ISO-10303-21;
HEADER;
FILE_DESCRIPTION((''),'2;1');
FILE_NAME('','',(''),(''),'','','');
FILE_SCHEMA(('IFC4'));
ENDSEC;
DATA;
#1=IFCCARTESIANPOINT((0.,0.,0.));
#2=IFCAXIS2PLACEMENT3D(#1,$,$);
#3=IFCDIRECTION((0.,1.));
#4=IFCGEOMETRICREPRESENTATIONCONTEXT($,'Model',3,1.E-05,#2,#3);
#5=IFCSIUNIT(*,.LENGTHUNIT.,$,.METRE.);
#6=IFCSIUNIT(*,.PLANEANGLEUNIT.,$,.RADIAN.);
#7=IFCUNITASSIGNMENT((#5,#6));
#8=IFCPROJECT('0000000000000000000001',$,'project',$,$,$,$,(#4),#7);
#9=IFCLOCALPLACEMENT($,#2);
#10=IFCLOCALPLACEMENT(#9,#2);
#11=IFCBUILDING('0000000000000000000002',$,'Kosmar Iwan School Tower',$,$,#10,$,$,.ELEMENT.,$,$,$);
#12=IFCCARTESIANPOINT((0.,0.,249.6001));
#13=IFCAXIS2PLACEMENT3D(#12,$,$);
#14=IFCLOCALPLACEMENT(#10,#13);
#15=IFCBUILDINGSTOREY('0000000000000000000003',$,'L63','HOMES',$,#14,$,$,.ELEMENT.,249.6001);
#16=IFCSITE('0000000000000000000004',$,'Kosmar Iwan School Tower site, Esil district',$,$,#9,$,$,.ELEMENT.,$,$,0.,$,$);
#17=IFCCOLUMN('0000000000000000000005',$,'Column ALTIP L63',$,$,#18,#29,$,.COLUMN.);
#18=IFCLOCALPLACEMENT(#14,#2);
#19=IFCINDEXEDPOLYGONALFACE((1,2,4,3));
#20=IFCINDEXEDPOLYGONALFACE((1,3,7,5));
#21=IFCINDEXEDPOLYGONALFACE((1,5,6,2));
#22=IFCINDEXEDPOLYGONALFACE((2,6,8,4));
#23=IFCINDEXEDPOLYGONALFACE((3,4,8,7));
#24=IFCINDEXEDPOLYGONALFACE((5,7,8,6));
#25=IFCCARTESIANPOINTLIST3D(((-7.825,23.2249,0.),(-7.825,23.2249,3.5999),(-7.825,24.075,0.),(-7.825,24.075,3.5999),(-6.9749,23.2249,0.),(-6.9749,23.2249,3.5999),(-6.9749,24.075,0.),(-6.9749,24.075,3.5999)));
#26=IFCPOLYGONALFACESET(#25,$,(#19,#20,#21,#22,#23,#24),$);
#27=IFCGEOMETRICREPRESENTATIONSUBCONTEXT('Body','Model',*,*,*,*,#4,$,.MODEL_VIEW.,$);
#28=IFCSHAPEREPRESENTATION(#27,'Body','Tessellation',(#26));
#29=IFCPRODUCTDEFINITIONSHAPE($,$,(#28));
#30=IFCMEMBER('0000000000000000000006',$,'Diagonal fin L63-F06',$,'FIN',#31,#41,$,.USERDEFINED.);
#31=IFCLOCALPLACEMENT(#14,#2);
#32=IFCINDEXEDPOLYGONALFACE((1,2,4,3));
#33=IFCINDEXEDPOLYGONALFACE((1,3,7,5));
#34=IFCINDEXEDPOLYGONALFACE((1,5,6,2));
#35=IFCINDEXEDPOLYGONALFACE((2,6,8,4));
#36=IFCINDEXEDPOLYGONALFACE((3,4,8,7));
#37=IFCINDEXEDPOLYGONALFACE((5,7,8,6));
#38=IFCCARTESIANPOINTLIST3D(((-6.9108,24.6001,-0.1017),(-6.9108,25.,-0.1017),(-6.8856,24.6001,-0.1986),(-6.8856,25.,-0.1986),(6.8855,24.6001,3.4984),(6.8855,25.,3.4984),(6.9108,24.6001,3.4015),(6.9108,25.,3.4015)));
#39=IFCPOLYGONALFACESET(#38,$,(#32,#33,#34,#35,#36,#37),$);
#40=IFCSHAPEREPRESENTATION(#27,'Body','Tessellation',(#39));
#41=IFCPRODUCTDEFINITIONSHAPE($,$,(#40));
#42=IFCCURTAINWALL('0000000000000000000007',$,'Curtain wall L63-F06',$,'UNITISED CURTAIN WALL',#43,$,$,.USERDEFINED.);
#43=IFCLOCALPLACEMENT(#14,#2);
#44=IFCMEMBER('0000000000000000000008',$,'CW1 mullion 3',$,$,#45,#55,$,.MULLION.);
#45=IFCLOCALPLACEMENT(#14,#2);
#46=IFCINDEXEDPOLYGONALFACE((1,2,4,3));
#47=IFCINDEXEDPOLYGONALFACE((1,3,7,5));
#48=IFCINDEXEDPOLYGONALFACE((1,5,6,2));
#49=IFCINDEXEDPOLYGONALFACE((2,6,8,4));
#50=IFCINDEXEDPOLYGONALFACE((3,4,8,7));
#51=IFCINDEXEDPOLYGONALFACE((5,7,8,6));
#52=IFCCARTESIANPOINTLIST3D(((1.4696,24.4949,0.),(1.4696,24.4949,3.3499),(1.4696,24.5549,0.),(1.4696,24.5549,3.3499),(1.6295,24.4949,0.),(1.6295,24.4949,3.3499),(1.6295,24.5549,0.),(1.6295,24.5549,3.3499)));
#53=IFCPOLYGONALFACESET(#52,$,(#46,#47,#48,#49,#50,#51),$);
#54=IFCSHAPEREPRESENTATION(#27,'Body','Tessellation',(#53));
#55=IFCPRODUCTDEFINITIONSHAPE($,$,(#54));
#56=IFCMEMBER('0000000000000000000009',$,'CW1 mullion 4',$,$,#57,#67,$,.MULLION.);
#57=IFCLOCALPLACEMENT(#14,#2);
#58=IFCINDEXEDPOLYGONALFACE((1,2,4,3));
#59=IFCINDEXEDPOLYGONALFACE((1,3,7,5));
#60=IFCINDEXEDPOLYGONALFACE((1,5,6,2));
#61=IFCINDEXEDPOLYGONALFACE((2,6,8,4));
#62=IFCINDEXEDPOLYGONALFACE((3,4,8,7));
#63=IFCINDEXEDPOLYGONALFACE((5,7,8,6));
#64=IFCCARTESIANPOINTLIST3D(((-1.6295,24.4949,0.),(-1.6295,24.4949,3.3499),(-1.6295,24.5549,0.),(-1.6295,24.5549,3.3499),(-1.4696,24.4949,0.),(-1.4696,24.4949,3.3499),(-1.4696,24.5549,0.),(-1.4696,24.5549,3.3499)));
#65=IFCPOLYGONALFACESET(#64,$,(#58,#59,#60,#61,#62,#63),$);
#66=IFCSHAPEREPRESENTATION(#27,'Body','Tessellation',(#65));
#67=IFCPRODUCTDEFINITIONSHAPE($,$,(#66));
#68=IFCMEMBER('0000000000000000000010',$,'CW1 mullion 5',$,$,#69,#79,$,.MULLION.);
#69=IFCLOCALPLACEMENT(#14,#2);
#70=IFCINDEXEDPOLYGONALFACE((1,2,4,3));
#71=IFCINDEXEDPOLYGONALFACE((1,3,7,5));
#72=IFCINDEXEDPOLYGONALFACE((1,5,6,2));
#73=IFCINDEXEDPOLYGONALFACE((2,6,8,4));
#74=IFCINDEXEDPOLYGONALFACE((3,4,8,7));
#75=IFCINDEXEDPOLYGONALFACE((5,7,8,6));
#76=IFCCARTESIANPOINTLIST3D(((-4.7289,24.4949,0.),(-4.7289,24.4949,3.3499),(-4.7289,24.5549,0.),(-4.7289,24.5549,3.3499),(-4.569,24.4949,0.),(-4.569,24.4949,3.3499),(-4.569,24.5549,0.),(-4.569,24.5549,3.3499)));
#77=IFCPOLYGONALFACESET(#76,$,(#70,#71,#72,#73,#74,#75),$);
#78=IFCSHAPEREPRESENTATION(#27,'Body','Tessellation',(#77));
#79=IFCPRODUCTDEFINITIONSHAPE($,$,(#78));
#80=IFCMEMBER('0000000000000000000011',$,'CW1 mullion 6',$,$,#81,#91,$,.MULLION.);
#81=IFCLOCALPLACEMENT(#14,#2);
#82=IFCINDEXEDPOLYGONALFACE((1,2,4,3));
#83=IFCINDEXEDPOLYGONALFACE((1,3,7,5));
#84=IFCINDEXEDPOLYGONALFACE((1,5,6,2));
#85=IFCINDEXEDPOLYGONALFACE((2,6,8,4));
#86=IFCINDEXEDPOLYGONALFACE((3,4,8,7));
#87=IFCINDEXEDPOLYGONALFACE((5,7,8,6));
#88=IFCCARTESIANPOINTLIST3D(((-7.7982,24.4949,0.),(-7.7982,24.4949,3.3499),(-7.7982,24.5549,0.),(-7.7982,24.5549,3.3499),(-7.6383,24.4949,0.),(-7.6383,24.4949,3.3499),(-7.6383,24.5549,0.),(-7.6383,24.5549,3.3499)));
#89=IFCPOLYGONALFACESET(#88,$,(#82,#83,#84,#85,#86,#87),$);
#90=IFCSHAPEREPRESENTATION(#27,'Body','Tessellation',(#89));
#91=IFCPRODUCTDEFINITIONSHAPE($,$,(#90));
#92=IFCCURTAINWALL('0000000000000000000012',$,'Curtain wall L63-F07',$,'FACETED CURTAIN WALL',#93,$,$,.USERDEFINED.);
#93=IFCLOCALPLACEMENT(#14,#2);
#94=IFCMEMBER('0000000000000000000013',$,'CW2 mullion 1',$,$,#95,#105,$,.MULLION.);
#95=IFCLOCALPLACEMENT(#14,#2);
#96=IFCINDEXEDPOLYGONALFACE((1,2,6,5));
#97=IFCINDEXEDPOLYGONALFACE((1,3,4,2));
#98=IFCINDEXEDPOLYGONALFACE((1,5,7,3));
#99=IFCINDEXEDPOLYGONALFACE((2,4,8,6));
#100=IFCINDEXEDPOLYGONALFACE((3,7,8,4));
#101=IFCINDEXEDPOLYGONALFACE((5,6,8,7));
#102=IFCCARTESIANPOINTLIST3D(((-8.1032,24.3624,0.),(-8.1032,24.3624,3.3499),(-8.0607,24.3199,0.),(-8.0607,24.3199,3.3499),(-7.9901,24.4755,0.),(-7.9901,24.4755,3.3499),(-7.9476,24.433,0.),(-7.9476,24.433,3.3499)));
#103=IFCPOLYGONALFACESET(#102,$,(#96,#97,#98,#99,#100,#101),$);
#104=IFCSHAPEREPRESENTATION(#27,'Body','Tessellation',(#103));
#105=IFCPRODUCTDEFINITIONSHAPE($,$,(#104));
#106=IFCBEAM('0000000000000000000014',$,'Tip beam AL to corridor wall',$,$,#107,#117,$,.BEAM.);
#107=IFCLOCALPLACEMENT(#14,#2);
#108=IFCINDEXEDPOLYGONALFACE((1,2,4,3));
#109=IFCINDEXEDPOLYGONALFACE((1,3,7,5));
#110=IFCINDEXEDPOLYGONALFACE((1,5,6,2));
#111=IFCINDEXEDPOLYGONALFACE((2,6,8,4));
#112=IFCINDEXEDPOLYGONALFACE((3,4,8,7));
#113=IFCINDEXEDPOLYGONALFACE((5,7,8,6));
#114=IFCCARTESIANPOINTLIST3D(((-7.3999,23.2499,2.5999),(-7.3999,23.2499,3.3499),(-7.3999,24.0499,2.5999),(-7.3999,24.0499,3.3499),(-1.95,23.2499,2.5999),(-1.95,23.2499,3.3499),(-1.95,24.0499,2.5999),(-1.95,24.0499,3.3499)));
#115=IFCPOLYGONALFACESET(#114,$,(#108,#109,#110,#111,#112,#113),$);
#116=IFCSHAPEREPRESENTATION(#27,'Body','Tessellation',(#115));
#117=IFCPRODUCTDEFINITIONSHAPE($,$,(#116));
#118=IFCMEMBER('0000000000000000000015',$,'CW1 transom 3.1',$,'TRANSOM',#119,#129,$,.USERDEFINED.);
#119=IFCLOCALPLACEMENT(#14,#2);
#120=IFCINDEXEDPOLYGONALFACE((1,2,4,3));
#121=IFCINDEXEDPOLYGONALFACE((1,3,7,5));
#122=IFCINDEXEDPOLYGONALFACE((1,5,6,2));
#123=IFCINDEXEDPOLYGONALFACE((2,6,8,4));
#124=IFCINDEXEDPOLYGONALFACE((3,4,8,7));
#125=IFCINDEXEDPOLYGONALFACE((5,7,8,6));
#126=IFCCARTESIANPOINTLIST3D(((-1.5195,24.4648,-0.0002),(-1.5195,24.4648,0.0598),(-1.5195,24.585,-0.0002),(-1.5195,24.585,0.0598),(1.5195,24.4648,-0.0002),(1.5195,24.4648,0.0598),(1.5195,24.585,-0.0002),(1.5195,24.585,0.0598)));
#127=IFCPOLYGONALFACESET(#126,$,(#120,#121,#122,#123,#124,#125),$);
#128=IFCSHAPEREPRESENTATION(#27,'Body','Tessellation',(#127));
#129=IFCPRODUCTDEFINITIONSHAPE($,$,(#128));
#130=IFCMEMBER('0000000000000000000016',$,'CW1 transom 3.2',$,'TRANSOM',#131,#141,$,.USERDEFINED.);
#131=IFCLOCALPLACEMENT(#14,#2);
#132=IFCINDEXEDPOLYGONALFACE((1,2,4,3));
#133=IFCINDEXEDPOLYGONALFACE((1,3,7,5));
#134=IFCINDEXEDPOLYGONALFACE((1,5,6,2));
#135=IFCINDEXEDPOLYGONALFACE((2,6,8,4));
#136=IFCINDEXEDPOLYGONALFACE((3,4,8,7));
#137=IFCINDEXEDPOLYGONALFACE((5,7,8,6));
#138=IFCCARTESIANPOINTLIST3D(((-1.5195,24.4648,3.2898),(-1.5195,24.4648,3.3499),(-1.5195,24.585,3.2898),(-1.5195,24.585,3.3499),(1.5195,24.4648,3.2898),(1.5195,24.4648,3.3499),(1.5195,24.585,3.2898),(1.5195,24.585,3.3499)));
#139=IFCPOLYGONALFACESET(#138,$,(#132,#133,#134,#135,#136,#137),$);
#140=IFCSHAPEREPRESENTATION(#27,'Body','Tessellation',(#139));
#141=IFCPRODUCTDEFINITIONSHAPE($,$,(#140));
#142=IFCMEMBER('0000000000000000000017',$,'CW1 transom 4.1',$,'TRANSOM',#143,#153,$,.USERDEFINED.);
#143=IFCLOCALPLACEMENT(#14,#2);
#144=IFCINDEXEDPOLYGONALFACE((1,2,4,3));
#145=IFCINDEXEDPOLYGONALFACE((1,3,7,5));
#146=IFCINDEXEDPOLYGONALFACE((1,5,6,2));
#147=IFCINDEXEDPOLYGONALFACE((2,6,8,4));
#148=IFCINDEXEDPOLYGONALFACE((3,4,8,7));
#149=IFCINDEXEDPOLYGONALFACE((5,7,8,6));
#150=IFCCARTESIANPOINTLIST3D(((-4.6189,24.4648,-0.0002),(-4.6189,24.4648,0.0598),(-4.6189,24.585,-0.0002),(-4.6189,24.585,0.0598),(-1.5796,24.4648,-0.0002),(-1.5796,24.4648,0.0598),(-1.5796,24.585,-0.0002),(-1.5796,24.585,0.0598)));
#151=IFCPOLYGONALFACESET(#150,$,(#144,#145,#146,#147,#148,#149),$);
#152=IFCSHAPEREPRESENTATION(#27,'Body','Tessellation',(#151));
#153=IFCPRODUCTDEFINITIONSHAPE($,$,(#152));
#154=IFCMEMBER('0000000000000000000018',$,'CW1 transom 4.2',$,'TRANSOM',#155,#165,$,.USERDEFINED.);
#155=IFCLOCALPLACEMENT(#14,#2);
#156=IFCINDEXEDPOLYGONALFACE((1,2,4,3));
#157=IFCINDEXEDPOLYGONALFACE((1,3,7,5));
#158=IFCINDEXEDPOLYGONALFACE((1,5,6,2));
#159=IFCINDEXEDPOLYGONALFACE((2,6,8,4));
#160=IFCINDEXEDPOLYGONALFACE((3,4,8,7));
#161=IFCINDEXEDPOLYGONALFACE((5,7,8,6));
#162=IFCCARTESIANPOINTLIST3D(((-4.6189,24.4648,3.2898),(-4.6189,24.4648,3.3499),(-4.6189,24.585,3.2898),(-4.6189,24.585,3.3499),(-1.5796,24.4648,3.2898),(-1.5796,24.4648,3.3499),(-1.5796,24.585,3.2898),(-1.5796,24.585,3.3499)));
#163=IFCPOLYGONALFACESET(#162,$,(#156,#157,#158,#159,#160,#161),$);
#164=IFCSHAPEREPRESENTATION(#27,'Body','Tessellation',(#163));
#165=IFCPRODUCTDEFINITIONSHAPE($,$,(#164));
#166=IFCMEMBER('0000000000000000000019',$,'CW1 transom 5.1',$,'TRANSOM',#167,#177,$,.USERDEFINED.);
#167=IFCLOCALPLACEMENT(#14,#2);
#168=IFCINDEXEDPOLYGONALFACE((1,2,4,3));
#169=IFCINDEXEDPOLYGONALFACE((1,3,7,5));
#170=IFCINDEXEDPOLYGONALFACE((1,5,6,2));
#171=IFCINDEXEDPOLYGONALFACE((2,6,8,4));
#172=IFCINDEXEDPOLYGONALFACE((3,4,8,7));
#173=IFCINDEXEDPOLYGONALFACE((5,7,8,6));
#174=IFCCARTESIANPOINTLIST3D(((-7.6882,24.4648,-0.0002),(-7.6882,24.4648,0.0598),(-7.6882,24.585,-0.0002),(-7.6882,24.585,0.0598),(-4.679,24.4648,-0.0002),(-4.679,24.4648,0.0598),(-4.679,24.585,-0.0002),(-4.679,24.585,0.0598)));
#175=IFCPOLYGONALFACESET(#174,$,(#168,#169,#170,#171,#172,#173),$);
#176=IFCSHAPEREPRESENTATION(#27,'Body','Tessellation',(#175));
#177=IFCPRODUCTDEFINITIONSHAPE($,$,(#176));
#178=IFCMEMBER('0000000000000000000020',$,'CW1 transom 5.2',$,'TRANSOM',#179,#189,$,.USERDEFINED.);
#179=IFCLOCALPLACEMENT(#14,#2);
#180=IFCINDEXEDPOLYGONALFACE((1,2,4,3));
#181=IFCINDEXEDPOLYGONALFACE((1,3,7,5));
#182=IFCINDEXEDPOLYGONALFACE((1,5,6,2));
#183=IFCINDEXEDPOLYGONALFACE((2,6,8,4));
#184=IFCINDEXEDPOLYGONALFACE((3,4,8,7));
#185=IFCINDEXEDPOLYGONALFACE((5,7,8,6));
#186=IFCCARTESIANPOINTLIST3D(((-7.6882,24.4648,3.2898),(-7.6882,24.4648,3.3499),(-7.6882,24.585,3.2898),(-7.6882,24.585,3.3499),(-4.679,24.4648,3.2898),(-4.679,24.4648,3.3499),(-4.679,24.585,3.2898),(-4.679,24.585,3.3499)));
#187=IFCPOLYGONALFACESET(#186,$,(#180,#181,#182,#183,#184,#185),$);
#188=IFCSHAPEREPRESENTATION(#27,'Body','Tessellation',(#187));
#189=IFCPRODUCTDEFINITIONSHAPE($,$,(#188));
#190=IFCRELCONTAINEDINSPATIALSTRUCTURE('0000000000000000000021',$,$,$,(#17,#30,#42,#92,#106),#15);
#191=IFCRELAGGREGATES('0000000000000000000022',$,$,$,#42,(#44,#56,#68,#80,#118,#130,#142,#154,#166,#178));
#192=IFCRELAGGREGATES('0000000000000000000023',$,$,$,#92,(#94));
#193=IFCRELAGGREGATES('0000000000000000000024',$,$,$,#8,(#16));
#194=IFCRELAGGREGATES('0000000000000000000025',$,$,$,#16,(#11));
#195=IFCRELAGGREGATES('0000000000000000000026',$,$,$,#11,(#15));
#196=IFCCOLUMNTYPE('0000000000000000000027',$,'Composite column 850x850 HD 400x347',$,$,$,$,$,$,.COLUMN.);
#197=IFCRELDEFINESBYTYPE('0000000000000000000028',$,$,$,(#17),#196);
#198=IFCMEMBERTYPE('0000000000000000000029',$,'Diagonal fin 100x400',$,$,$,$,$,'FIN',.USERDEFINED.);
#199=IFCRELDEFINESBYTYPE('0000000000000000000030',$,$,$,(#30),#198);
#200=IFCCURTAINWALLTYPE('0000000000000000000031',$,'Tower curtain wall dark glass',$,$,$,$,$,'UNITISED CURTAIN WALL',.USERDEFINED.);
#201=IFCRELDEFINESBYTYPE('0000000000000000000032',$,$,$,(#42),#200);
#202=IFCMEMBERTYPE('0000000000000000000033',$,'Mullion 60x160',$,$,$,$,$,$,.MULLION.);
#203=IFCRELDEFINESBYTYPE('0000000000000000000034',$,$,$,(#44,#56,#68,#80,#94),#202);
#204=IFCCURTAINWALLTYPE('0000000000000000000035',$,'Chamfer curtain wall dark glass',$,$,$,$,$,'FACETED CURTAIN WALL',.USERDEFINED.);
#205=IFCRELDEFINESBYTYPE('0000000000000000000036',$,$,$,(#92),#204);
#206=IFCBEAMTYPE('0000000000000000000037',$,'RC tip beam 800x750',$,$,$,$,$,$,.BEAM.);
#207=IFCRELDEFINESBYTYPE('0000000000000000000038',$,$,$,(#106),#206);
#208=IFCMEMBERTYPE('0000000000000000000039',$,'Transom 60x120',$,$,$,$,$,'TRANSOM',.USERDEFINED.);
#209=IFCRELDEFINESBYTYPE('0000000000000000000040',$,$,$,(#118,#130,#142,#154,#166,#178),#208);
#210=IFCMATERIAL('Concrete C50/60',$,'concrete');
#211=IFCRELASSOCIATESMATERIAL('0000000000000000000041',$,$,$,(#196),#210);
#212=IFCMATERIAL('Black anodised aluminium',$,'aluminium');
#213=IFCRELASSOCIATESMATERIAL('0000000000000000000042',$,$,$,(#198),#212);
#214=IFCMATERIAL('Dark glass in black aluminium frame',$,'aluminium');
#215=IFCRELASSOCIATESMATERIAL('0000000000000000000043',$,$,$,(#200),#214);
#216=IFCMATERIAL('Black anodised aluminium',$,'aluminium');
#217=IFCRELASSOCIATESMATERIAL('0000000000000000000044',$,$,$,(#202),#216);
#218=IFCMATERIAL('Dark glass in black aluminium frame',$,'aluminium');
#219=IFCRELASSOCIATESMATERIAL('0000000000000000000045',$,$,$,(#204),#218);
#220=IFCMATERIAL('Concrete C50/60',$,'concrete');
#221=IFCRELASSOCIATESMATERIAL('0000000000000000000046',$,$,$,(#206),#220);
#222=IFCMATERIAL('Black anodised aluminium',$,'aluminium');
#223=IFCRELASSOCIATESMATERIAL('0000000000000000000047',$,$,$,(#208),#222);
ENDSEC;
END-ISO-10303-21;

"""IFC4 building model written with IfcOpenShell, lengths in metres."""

from ifc_helpers import new_model, si_unit, direction, frame, origin, origin_2d, place, context, subcontext, project, spatial, rectangle, extrude, material, material_profile, profile_set, type_object, element, aggregate, save


model = new_model("IFC4")

# Units and contexts
model_context = context("Model", 3, precision=1e-05, world=origin(), true_north=direction((0.0, 1.0)))
body_context = subcontext(model_context, "Body", "Model", "MODEL_VIEW")
ifc_project = project(units=[si_unit("LENGTHUNIT", "METRE"), si_unit("PLANEANGLEUNIT", "RADIAN")], contexts=[model_context])

# Site, building, storey
site_placement = place(None, origin())
site = spatial("IfcSite", under=ifc_project, at=site_placement, Name="Kosmar Iwan School Tower site, Esil district", CompositionType="ELEMENT", RefElevation=0.0)
building_placement = place(site_placement, origin())
building = spatial("IfcBuilding", under=site, at=building_placement, Name="Kosmar Iwan School Tower", CompositionType="ELEMENT")
storey_placement = place(building_placement, frame((0.0, 0.0, 249.6001)))
storey = spatial("IfcBuildingStorey", under=building, at=storey_placement, Name="L63", Description="HOMES", CompositionType="ELEMENT", Elevation=249.6001)

# Column
ifc_material_1 = material(Name="Concrete C50/60", Category="concrete")
ifc_material_profile_1 = material_profile(ifc_material_1, rectangle(XDim=0.8501, YDim=0.8501, at=origin_2d()), Name="RC 850x850 + HD 400x347")
ifc_profile_set_1 = profile_set([ifc_material_profile_1], Name="Concrete C50/60")
column_type = type_object("IfcColumnType", Name="Composite column 850x850 HD 400x347", PredefinedType="COLUMN", material=ifc_profile_set_1)
column_placement = place(storey_placement, frame((-7.3999, 23.6499, 0.0), z_axis=(0.0, 0.0, 1.0), x_axis=(0.0, 1.0, 0.0)))
element("IfcColumn", 1, at=column_placement, inside=storey, type_object=column_type, Name="Column ALTIP L63", PredefinedType="COLUMN", context=body_context, shape_type="SweptSolid", body=[
    extrude(rectangle(XDim=0.8501, YDim=0.8501, at=origin_2d()), origin(), (0.0, 0.0, 1.0), 3.5999),
])

# Member
ifc_material_2 = material(Name="Black anodised aluminium", Category="aluminium")
ifc_material_profile_2 = material_profile(ifc_material_2, rectangle(XDim=0.1001, YDim=0.3999, at=origin_2d()), Name="FIN 100x400")
ifc_profile_set_2 = profile_set([ifc_material_profile_2], Name="Black anodised aluminium")
member_type_1 = type_object("IfcMemberType", Name="Diagonal fin 100x400", ElementType="FIN", PredefinedType="USERDEFINED", material=ifc_profile_set_2)
member_1_placement = place(storey_placement, frame((-6.8982, 24.8, -0.1501), z_axis=(0.967599, 0.0, 0.25249), x_axis=(-0.25249, 0.0, 0.967599)))
element("IfcMember", 2, at=member_1_placement, inside=storey, type_object=member_type_1, Name="Diagonal fin L63-F06", ObjectType="FIN", PredefinedType="USERDEFINED", context=body_context, shape_type="SweptSolid", body=[
    extrude(rectangle(XDim=0.1001, YDim=0.3999, at=origin_2d()), origin(), (0.0, 0.0, 1.0), 14.2583),
])

# Curtain wall, members
ifc_material_3 = material(Name="Dark glass in black aluminium frame", Category="aluminium")
curtain_wall_type_1 = type_object("IfcCurtainWallType", Name="Tower curtain wall dark glass", ElementType="UNITISED CURTAIN WALL", PredefinedType="USERDEFINED", material=ifc_material_3)
curtain_wall_1_placement = place(storey_placement, origin())
curtain_wall_1 = element("IfcCurtainWall", 3, at=curtain_wall_1_placement, inside=storey, type_object=curtain_wall_type_1, Name="Curtain wall L63-F06", ObjectType="UNITISED CURTAIN WALL", PredefinedType="USERDEFINED")
ifc_material_4 = material(Name="Black anodised aluminium", Category="aluminium")
ifc_material_profile_3 = material_profile(ifc_material_4, rectangle(XDim=0.0601, YDim=0.1599, at=origin_2d()), Name="MULLION 60x160")
ifc_profile_set_3 = profile_set([ifc_material_profile_3], Name="Black anodised aluminium")
member_type_2 = type_object("IfcMemberType", Name="Mullion 60x160", PredefinedType="MULLION", material=ifc_profile_set_3)
member_2_placement = place(storey_placement, frame((1.5496, 24.5249, 0.0), z_axis=(0.0, 0.0, 1.0), x_axis=(0.0, -1.0, 0.0)))
member_2 = element("IfcMember", 4, at=member_2_placement, type_object=member_type_2, Name="CW1 mullion 3", PredefinedType="MULLION", context=body_context, shape_type="SweptSolid", body=[
    extrude(rectangle(XDim=0.0601, YDim=0.1599, at=origin_2d()), origin(), (0.0, 0.0, 1.0), 3.3499),
])
member_3_placement = place(storey_placement, frame((-1.5496, 24.5249, 0.0), z_axis=(0.0, 0.0, 1.0), x_axis=(0.0, -1.0, 0.0)))
member_3 = element("IfcMember", 5, at=member_3_placement, type_object=member_type_2, Name="CW1 mullion 4", PredefinedType="MULLION", context=body_context, shape_type="SweptSolid", body=[
    extrude(rectangle(XDim=0.0601, YDim=0.1599, at=origin_2d()), origin(), (0.0, 0.0, 1.0), 3.3499),
])
member_4_placement = place(storey_placement, frame((-4.6489, 24.5249, 0.0), z_axis=(0.0, 0.0, 1.0), x_axis=(0.0, -1.0, 0.0)))
member_4 = element("IfcMember", 6, at=member_4_placement, type_object=member_type_2, Name="CW1 mullion 5", PredefinedType="MULLION", context=body_context, shape_type="SweptSolid", body=[
    extrude(rectangle(XDim=0.0601, YDim=0.1599, at=origin_2d()), origin(), (0.0, 0.0, 1.0), 3.3499),
])
member_5_placement = place(storey_placement, frame((-7.7183, 24.5249, 0.0), z_axis=(0.0, 0.0, 1.0), x_axis=(0.0, -1.0, 0.0)))
member_5 = element("IfcMember", 7, at=member_5_placement, type_object=member_type_2, Name="CW1 mullion 6", PredefinedType="MULLION", context=body_context, shape_type="SweptSolid", body=[
    extrude(rectangle(XDim=0.0601, YDim=0.1599, at=origin_2d()), origin(), (0.0, 0.0, 1.0), 3.3499),
])

# Curtain wall, member
ifc_material_5 = material(Name="Dark glass in black aluminium frame", Category="aluminium")
curtain_wall_type_2 = type_object("IfcCurtainWallType", Name="Chamfer curtain wall dark glass", ElementType="FACETED CURTAIN WALL", PredefinedType="USERDEFINED", material=ifc_material_5)
curtain_wall_2_placement = place(storey_placement, origin())
curtain_wall_2 = element("IfcCurtainWall", 8, at=curtain_wall_2_placement, inside=storey, type_object=curtain_wall_type_2, Name="Curtain wall L63-F07", ObjectType="FACETED CURTAIN WALL", PredefinedType="USERDEFINED")
member_6_placement = place(storey_placement, frame((-8.0254, 24.3977, 0.0), z_axis=(0.0, 0.0, 1.0), x_axis=(0.707107, -0.707107, 0.0)))
member_6 = element("IfcMember", 9, at=member_6_placement, type_object=member_type_2, Name="CW2 mullion 1", PredefinedType="MULLION", context=body_context, shape_type="SweptSolid", body=[
    extrude(rectangle(XDim=0.0601, YDim=0.1599, at=origin_2d()), origin(), (0.0, 0.0, 1.0), 3.3499),
])

# Beam
ifc_material_6 = material(Name="Concrete C50/60", Category="concrete")
ifc_material_profile_4 = material_profile(ifc_material_6, rectangle(XDim=0.8, YDim=0.75, at=origin_2d()), Name="RC 800x750")
ifc_profile_set_4 = profile_set([ifc_material_profile_4], Name="Concrete C50/60")
beam_type = type_object("IfcBeamType", Name="RC tip beam 800x750", PredefinedType="BEAM", material=ifc_profile_set_4)
beam_placement = place(storey_placement, frame((-7.3999, 23.6499, 2.9749), z_axis=(1.0, 0.0, 0.0), x_axis=(0.0, 1.0, 0.0)))
element("IfcBeam", 10, at=beam_placement, inside=storey, type_object=beam_type, Name="Tip beam AL to corridor wall", PredefinedType="BEAM", context=body_context, shape_type="SweptSolid", body=[
    extrude(rectangle(XDim=0.8, YDim=0.75, at=origin_2d()), origin(), (0.0, 0.0, 1.0), 5.45),
])

# Members
ifc_material_7 = material(Name="Black anodised aluminium", Category="aluminium")
ifc_material_profile_5 = material_profile(ifc_material_7, rectangle(XDim=0.1201, YDim=0.0601, at=origin_2d()), Name="TRANSOM 60x120")
ifc_profile_set_5 = profile_set([ifc_material_profile_5], Name="Black anodised aluminium")
member_type_3 = type_object("IfcMemberType", Name="Transom 60x120", ElementType="TRANSOM", PredefinedType="USERDEFINED", material=ifc_profile_set_5)
member_7_placement = place(storey_placement, frame((1.5195, 24.5249, 0.0298), z_axis=(-1.0, 0.0, 0.0), x_axis=(0.0, -1.0, 0.0)))
member_7 = element("IfcMember", 11, at=member_7_placement, type_object=member_type_3, Name="CW1 transom 3.1", ObjectType="TRANSOM", PredefinedType="USERDEFINED", context=body_context, shape_type="SweptSolid", body=[
    extrude(rectangle(XDim=0.1201, YDim=0.0601, at=origin_2d()), origin(), (0.0, 0.0, 1.0), 3.0391),
])
member_8_placement = place(storey_placement, frame((1.5195, 24.5249, 3.3198), z_axis=(-1.0, 0.0, 0.0), x_axis=(0.0, -1.0, 0.0)))
member_8 = element("IfcMember", 12, at=member_8_placement, type_object=member_type_3, Name="CW1 transom 3.2", ObjectType="TRANSOM", PredefinedType="USERDEFINED", context=body_context, shape_type="SweptSolid", body=[
    extrude(rectangle(XDim=0.1201, YDim=0.0601, at=origin_2d()), origin(), (0.0, 0.0, 1.0), 3.0391),
])
member_9_placement = place(storey_placement, frame((-1.5796, 24.5249, 0.0298), z_axis=(-1.0, 0.0, 0.0), x_axis=(0.0, -1.0, 0.0)))
member_9 = element("IfcMember", 13, at=member_9_placement, type_object=member_type_3, Name="CW1 transom 4.1", ObjectType="TRANSOM", PredefinedType="USERDEFINED", context=body_context, shape_type="SweptSolid", body=[
    extrude(rectangle(XDim=0.1201, YDim=0.0601, at=origin_2d()), origin(), (0.0, 0.0, 1.0), 3.0393),
])
member_10_placement = place(storey_placement, frame((-1.5796, 24.5249, 3.3198), z_axis=(-1.0, 0.0, 0.0), x_axis=(0.0, -1.0, 0.0)))
member_10 = element("IfcMember", 14, at=member_10_placement, type_object=member_type_3, Name="CW1 transom 4.2", ObjectType="TRANSOM", PredefinedType="USERDEFINED", context=body_context, shape_type="SweptSolid", body=[
    extrude(rectangle(XDim=0.1201, YDim=0.0601, at=origin_2d()), origin(), (0.0, 0.0, 1.0), 3.0393),
])
member_11_placement = place(storey_placement, frame((-4.679, 24.5249, 0.0298), z_axis=(-1.0, 0.0, 0.0), x_axis=(0.0, -1.0, 0.0)))
member_11 = element("IfcMember", 15, at=member_11_placement, type_object=member_type_3, Name="CW1 transom 5.1", ObjectType="TRANSOM", PredefinedType="USERDEFINED", context=body_context, shape_type="SweptSolid", body=[
    extrude(rectangle(XDim=0.1201, YDim=0.0601, at=origin_2d()), origin(), (0.0, 0.0, 1.0), 3.0093),
])
member_12_placement = place(storey_placement, frame((-4.679, 24.5249, 3.3198), z_axis=(-1.0, 0.0, 0.0), x_axis=(0.0, -1.0, 0.0)))
member_12 = element("IfcMember", 16, at=member_12_placement, type_object=member_type_3, Name="CW1 transom 5.2", ObjectType="TRANSOM", PredefinedType="USERDEFINED", context=body_context, shape_type="SweptSolid", body=[
    extrude(rectangle(XDim=0.1201, YDim=0.0601, at=origin_2d()), origin(), (0.0, 0.0, 1.0), 3.0093),
])

aggregate(curtain_wall_1, [member_2, member_3, member_4, member_5, member_7, member_8, member_9, member_10, member_11, member_12])
aggregate(curtain_wall_2, [member_6])

save(model, "model.ifc")
